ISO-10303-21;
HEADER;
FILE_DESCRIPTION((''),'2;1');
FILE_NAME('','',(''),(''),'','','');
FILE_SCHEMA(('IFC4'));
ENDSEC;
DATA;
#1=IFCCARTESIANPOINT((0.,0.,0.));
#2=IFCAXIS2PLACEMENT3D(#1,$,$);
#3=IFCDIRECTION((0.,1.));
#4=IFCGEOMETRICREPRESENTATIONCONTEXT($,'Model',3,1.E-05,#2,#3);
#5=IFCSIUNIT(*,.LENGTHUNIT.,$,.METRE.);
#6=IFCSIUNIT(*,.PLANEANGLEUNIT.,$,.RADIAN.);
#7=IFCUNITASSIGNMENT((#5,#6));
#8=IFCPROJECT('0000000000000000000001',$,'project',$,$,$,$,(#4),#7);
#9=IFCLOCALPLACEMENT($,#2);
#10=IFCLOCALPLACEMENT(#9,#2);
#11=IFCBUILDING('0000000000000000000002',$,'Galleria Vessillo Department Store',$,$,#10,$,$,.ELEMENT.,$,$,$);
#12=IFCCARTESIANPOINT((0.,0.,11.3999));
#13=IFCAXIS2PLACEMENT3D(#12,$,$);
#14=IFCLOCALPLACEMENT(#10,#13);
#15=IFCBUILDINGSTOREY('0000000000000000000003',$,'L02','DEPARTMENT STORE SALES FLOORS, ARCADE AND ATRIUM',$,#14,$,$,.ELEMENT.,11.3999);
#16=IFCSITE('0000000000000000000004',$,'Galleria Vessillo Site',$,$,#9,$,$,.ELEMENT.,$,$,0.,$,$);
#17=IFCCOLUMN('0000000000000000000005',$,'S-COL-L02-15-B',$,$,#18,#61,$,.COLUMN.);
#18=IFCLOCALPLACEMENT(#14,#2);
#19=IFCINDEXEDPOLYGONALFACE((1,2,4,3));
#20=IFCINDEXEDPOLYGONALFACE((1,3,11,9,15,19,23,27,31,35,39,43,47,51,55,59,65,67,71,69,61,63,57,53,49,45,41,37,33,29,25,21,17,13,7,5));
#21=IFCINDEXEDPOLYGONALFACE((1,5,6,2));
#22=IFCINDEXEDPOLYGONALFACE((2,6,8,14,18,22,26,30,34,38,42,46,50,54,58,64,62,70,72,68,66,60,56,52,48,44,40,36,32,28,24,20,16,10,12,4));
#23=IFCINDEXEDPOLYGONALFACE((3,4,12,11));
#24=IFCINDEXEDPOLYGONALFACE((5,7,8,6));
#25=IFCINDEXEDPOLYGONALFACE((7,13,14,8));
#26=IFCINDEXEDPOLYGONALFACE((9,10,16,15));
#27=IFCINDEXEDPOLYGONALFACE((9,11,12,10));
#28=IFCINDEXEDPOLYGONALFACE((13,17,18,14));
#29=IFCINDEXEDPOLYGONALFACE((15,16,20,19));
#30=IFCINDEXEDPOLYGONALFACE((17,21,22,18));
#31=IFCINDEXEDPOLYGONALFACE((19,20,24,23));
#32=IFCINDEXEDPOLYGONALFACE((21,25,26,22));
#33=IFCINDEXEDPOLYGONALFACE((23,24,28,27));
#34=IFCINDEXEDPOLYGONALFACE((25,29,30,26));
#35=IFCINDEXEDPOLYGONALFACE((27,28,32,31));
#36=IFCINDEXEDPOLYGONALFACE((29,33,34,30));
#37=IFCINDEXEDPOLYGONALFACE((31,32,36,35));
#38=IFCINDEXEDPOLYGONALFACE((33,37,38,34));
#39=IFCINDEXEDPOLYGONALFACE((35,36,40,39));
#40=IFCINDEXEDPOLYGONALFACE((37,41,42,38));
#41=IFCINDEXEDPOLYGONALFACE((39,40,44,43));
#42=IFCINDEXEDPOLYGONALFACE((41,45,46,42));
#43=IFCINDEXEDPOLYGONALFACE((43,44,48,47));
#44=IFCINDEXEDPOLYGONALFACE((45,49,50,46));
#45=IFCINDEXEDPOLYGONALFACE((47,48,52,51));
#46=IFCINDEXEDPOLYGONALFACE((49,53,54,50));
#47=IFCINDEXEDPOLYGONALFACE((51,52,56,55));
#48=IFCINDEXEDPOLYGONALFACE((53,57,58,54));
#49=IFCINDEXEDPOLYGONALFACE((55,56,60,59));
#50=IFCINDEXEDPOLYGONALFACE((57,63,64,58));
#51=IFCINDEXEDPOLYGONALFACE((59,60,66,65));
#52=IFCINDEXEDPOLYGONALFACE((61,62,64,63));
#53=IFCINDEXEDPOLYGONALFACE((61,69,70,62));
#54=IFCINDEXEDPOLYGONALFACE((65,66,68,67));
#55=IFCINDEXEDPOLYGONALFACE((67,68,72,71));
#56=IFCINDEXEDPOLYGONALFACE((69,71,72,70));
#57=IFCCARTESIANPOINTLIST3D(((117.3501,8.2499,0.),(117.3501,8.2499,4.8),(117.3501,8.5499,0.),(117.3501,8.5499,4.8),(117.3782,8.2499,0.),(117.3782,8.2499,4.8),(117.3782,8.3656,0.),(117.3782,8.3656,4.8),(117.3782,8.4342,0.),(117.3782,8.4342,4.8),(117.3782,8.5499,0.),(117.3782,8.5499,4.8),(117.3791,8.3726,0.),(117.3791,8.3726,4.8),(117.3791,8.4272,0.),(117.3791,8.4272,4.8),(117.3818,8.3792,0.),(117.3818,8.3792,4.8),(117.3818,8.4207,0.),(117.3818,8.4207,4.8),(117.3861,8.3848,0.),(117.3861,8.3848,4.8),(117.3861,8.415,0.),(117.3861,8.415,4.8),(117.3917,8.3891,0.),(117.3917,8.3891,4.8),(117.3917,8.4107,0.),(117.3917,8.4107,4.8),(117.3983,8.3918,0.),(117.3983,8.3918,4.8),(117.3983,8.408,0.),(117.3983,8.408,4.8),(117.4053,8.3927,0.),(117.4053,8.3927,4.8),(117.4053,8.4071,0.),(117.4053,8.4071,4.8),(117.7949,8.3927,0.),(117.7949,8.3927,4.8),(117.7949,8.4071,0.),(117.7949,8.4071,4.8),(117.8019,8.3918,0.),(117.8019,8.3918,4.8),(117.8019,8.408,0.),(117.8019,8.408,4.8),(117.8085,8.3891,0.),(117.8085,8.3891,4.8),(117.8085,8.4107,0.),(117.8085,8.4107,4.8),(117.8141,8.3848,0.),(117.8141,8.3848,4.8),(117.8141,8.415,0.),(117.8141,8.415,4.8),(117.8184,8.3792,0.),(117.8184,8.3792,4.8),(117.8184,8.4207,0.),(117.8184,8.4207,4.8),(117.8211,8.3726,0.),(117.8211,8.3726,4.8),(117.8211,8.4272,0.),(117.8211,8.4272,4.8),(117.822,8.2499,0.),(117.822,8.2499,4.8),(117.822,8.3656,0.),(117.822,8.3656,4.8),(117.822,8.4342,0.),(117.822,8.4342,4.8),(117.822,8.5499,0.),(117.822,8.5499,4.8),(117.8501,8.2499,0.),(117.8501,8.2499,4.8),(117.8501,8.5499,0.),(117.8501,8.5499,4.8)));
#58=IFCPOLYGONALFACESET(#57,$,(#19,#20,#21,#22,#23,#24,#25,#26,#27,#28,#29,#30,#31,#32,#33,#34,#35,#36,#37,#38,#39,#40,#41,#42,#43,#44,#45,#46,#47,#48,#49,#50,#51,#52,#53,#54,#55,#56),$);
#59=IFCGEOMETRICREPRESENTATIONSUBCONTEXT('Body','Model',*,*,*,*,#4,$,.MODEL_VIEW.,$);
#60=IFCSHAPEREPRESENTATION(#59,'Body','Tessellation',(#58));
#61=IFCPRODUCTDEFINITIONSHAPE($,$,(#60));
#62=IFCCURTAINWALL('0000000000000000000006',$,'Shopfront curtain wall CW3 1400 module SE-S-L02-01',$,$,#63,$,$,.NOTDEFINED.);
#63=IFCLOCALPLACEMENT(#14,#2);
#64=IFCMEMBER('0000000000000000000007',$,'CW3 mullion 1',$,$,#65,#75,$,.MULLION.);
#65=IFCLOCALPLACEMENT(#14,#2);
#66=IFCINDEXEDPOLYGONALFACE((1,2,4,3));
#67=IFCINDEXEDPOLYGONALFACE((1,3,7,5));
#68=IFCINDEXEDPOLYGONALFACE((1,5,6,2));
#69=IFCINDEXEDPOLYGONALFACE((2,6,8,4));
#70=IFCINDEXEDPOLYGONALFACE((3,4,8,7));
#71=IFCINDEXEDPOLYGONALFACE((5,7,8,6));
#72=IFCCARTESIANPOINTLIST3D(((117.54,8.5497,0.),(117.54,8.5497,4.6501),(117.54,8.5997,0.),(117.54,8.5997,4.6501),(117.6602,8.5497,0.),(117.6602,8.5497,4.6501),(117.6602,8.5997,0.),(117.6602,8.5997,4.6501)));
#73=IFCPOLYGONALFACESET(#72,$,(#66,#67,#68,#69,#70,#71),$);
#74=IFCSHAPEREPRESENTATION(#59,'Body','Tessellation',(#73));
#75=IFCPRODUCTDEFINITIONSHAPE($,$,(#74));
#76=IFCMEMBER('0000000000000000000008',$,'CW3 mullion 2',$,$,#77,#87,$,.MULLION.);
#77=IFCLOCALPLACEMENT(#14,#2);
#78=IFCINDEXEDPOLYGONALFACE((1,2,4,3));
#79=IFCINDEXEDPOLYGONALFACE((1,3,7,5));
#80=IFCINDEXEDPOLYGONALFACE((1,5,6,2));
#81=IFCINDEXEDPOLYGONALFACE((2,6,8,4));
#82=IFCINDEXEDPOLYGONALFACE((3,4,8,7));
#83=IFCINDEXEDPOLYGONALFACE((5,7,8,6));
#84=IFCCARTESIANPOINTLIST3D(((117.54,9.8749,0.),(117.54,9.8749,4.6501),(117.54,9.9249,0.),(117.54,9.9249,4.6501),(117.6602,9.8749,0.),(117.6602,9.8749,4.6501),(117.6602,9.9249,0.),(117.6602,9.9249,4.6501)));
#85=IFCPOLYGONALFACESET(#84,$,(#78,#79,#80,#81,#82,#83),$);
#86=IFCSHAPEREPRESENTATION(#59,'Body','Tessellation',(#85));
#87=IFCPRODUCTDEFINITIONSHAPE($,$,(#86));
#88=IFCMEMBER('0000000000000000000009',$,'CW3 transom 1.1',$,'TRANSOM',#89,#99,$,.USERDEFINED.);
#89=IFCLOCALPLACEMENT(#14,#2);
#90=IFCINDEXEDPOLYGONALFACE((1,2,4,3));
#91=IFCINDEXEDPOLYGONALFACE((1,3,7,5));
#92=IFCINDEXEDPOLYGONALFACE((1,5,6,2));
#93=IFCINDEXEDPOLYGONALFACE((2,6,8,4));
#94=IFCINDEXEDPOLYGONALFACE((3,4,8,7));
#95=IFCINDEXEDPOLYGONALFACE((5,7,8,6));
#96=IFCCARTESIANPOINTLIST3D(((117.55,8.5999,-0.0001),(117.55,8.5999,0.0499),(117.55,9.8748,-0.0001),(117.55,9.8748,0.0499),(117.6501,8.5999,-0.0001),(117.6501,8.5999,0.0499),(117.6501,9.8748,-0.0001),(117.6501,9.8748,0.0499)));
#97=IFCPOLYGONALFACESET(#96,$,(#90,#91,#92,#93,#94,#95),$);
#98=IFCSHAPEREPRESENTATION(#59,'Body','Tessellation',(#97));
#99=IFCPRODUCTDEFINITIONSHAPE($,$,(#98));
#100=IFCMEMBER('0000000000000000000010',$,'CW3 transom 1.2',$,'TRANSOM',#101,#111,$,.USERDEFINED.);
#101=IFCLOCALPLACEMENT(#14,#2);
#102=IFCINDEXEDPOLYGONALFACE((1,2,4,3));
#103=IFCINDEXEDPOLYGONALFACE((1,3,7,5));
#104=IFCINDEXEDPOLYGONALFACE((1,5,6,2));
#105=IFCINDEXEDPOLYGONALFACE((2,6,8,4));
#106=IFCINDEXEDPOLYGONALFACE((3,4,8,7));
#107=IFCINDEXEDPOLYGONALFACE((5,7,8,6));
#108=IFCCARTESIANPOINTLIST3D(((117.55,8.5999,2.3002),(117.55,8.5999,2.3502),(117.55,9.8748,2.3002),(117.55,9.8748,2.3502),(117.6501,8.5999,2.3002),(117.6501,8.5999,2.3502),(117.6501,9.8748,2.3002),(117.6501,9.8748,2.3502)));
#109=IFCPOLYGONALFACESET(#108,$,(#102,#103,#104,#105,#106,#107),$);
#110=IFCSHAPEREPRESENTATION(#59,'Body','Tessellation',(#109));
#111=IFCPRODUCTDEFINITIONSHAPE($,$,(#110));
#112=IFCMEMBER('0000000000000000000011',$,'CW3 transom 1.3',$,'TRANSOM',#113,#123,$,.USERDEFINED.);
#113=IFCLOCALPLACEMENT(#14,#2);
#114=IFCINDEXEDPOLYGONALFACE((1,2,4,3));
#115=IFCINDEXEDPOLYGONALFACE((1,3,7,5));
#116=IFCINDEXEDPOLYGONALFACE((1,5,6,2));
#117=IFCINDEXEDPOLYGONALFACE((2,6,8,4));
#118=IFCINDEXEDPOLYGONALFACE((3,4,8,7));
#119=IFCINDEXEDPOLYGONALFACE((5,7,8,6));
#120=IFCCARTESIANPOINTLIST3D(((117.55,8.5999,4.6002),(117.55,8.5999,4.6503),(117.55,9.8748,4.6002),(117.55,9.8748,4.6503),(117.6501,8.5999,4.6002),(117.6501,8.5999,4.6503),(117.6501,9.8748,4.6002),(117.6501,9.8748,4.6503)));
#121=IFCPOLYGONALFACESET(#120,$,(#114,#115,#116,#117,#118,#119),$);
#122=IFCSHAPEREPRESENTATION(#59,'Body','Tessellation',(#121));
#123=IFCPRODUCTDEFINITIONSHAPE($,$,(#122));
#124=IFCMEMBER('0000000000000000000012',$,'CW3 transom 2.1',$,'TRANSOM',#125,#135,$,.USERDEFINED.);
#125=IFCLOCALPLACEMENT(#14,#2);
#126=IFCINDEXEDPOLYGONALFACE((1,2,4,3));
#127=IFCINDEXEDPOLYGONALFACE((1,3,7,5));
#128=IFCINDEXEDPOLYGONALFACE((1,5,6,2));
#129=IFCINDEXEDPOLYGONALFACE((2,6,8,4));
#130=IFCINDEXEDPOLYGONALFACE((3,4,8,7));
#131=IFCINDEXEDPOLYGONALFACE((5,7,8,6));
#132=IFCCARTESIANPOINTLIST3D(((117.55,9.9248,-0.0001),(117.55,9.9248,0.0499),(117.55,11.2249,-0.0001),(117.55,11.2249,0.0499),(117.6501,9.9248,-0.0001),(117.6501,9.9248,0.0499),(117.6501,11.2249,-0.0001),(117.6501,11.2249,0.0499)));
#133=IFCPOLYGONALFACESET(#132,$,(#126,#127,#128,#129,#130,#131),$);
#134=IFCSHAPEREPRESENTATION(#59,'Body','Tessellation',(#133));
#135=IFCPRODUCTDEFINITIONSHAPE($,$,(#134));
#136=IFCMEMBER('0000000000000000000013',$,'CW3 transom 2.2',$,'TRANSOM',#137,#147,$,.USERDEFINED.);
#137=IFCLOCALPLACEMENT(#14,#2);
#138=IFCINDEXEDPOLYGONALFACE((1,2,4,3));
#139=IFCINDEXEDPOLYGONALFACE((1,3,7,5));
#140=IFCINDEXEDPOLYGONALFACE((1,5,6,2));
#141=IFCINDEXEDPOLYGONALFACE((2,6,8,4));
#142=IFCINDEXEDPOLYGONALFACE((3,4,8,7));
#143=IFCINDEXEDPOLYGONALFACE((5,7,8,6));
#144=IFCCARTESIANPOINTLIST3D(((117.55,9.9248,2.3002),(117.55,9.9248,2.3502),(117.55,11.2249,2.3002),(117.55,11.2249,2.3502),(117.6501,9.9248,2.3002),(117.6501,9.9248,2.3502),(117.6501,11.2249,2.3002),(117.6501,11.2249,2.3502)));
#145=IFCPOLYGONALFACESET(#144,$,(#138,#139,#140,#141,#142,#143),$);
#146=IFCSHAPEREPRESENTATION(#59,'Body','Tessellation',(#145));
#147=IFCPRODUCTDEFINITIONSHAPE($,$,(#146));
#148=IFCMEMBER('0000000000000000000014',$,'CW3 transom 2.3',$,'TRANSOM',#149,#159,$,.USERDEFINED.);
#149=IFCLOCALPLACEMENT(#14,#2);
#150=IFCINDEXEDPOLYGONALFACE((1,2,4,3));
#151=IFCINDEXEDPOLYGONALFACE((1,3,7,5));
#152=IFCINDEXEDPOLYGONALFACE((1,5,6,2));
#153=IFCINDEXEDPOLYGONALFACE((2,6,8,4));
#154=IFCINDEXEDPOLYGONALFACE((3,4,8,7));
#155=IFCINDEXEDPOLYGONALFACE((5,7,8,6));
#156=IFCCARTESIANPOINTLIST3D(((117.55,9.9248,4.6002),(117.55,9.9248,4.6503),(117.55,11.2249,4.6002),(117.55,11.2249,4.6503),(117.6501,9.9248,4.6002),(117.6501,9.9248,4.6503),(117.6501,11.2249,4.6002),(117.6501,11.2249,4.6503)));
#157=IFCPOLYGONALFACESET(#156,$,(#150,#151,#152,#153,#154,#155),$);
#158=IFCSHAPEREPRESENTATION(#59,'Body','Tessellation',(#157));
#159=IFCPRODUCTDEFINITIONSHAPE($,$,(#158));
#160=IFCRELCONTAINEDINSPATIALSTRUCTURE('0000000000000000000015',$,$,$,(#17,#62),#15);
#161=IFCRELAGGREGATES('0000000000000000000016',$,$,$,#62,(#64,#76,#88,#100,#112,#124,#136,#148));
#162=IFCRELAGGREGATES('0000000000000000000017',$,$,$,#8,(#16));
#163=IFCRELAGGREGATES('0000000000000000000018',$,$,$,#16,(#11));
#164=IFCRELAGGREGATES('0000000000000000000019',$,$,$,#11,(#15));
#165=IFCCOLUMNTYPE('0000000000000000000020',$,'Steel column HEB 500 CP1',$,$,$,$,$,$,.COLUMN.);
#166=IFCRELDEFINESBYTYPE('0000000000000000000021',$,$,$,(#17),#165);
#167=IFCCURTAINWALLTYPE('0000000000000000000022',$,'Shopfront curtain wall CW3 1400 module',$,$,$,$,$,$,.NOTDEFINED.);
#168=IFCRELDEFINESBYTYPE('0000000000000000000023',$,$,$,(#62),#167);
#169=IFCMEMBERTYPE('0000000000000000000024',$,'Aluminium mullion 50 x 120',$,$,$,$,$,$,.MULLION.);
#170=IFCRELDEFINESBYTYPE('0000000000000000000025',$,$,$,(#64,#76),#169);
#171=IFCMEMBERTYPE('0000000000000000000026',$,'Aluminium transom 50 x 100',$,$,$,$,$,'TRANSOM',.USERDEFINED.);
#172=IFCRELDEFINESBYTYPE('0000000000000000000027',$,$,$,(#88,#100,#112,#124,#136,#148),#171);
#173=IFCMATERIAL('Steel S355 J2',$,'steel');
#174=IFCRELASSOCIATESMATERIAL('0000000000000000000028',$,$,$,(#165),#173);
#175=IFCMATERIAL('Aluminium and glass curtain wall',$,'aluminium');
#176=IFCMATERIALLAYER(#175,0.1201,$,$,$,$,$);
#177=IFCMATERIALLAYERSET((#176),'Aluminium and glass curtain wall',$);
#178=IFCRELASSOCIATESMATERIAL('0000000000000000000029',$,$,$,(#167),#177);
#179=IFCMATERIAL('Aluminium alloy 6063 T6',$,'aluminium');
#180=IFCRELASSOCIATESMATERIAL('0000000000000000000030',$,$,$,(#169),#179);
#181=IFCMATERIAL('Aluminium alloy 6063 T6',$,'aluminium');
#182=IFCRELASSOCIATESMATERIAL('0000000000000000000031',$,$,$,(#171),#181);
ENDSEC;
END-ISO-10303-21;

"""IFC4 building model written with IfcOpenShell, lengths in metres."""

from ifc_helpers import new_model, si_unit, direction, frame, origin, origin_2d, place, context, subcontext, project, spatial, rectangle, i_section, extrude, material, layer, layer_set, material_profile, profile_set, type_object, element, aggregate, save


model = new_model("IFC4")

# Units and contexts
model_context = context("Model", 3, precision=1e-05, world=origin(), true_north=direction((0.0, 1.0)))
body_context = subcontext(model_context, "Body", "Model", "MODEL_VIEW")
ifc_project = project(units=[si_unit("LENGTHUNIT", "METRE"), si_unit("PLANEANGLEUNIT", "RADIAN")], contexts=[model_context])

# Site, building, storey
site_placement = place(None, origin())
site = spatial("IfcSite", under=ifc_project, at=site_placement, Name="Galleria Vessillo Site", CompositionType="ELEMENT", RefElevation=0.0)
building_placement = place(site_placement, origin())
building = spatial("IfcBuilding", under=site, at=building_placement, Name="Galleria Vessillo Department Store", CompositionType="ELEMENT")
storey_placement = place(building_placement, frame((0.0, 0.0, 11.3999)))
storey = spatial("IfcBuildingStorey", under=building, at=storey_placement, Name="L02", Description="DEPARTMENT STORE SALES FLOORS, ARCADE AND ATRIUM", CompositionType="ELEMENT", Elevation=11.3999)

# Column
ifc_material_1 = material(Name="Steel S355 J2", Category="steel")
ifc_material_profile_1 = material_profile(ifc_material_1, i_section(OverallWidth=0.3, OverallDepth=0.5, WebThickness=0.0144, FlangeThickness=0.0281, FilletRadius=0.0271, at=origin_2d()), Name="HEB 500")
ifc_profile_set_1 = profile_set([ifc_material_profile_1], Name="Steel S355 J2")
column_type = type_object("IfcColumnType", Name="Steel column HEB 500 CP1", PredefinedType="COLUMN", material=ifc_profile_set_1)
column_placement = place(storey_placement, frame((117.6001, 8.3999, 0.0), z_axis=(0.0, 0.0, 1.0), x_axis=(0.0, 1.0, 0.0)))
element("IfcColumn", 1, at=column_placement, inside=storey, type_object=column_type, Name="S-COL-L02-15-B", PredefinedType="COLUMN", context=body_context, shape_type="SweptSolid", body=[
    extrude(i_section(OverallWidth=0.3, OverallDepth=0.5, WebThickness=0.0144, FlangeThickness=0.0281, FilletRadius=0.0271, at=origin_2d()), origin(), (0.0, 0.0, 1.0), 4.8),
])

# Curtain wall, members
ifc_material_2 = material(Name="Aluminium and glass curtain wall", Category="aluminium")
ifc_layer_1 = layer(ifc_material_2, 0.1201)
ifc_layer_set_1 = layer_set([ifc_layer_1], Name="Aluminium and glass curtain wall")
curtain_wall_type = type_object("IfcCurtainWallType", Name="Shopfront curtain wall CW3 1400 module", PredefinedType="NOTDEFINED", material=ifc_layer_set_1)
curtain_wall_placement = place(storey_placement, origin())
curtain_wall = element("IfcCurtainWall", 2, at=curtain_wall_placement, inside=storey, type_object=curtain_wall_type, Name="Shopfront curtain wall CW3 1400 module SE-S-L02-01", PredefinedType="NOTDEFINED")
ifc_material_3 = material(Name="Aluminium alloy 6063 T6", Category="aluminium")
ifc_material_profile_2 = material_profile(ifc_material_3, rectangle(XDim=0.1201, YDim=0.05, at=origin_2d()), Name="AL 50x120")
ifc_profile_set_2 = profile_set([ifc_material_profile_2], Name="Aluminium alloy 6063 T6")
member_type_1 = type_object("IfcMemberType", Name="Aluminium mullion 50 x 120", PredefinedType="MULLION", material=ifc_profile_set_2)
member_1_placement = place(storey_placement, frame((117.6001, 8.5747, 0.0), z_axis=(0.0, 0.0, 1.0), x_axis=(-1.0, 0.0, 0.0)))
member_1 = element("IfcMember", 3, at=member_1_placement, type_object=member_type_1, Name="CW3 mullion 1", PredefinedType="MULLION", context=body_context, shape_type="SweptSolid", body=[
    extrude(rectangle(XDim=0.1201, YDim=0.05, at=origin_2d()), origin(), (0.0, 0.0, 1.0), 4.6501),
])
member_2_placement = place(storey_placement, frame((117.6001, 9.8999, 0.0), z_axis=(0.0, 0.0, 1.0), x_axis=(-1.0, 0.0, 0.0)))
member_2 = element("IfcMember", 4, at=member_2_placement, type_object=member_type_1, Name="CW3 mullion 2", PredefinedType="MULLION", context=body_context, shape_type="SweptSolid", body=[
    extrude(rectangle(XDim=0.1201, YDim=0.05, at=origin_2d()), origin(), (0.0, 0.0, 1.0), 4.6501),
])
ifc_material_4 = material(Name="Aluminium alloy 6063 T6", Category="aluminium")
ifc_material_profile_3 = material_profile(ifc_material_4, rectangle(XDim=0.1001, YDim=0.05, at=origin_2d()), Name="AL 50x100")
ifc_profile_set_3 = profile_set([ifc_material_profile_3], Name="Aluminium alloy 6063 T6")
member_type_2 = type_object("IfcMemberType", Name="Aluminium transom 50 x 100", ElementType="TRANSOM", PredefinedType="USERDEFINED", material=ifc_profile_set_3)
member_3_placement = place(storey_placement, frame((117.6001, 8.5999, 0.0249), z_axis=(0.0, 1.0, 0.0), x_axis=(-1.0, 0.0, 0.0)))
member_3 = element("IfcMember", 5, at=member_3_placement, type_object=member_type_2, Name="CW3 transom 1.1", ObjectType="TRANSOM", PredefinedType="USERDEFINED", context=body_context, shape_type="SweptSolid", body=[
    extrude(rectangle(XDim=0.1001, YDim=0.05, at=origin_2d()), origin(), (0.0, 0.0, 1.0), 1.2749),
])
member_4_placement = place(storey_placement, frame((117.6001, 8.5999, 2.3252), z_axis=(0.0, 1.0, 0.0), x_axis=(-1.0, 0.0, 0.0)))
member_4 = element("IfcMember", 6, at=member_4_placement, type_object=member_type_2, Name="CW3 transom 1.2", ObjectType="TRANSOM", PredefinedType="USERDEFINED", context=body_context, shape_type="SweptSolid", body=[
    extrude(rectangle(XDim=0.1001, YDim=0.05, at=origin_2d()), origin(), (0.0, 0.0, 1.0), 1.2749),
])
member_5_placement = place(storey_placement, frame((117.6001, 8.5999, 4.6252), z_axis=(0.0, 1.0, 0.0), x_axis=(-1.0, 0.0, 0.0)))
member_5 = element("IfcMember", 7, at=member_5_placement, type_object=member_type_2, Name="CW3 transom 1.3", ObjectType="TRANSOM", PredefinedType="USERDEFINED", context=body_context, shape_type="SweptSolid", body=[
    extrude(rectangle(XDim=0.1001, YDim=0.05, at=origin_2d()), origin(), (0.0, 0.0, 1.0), 1.2749),
])
member_6_placement = place(storey_placement, frame((117.6001, 9.9248, 0.0249), z_axis=(0.0, 1.0, 0.0), x_axis=(-1.0, 0.0, 0.0)))
member_6 = element("IfcMember", 8, at=member_6_placement, type_object=member_type_2, Name="CW3 transom 2.1", ObjectType="TRANSOM", PredefinedType="USERDEFINED", context=body_context, shape_type="SweptSolid", body=[
    extrude(rectangle(XDim=0.1001, YDim=0.05, at=origin_2d()), origin(), (0.0, 0.0, 1.0), 1.3),
])
member_7_placement = place(storey_placement, frame((117.6001, 9.9248, 2.3252), z_axis=(0.0, 1.0, 0.0), x_axis=(-1.0, 0.0, 0.0)))
member_7 = element("IfcMember", 9, at=member_7_placement, type_object=member_type_2, Name="CW3 transom 2.2", ObjectType="TRANSOM", PredefinedType="USERDEFINED", context=body_context, shape_type="SweptSolid", body=[
    extrude(rectangle(XDim=0.1001, YDim=0.05, at=origin_2d()), origin(), (0.0, 0.0, 1.0), 1.3),
])
member_8_placement = place(storey_placement, frame((117.6001, 9.9248, 4.6252), z_axis=(0.0, 1.0, 0.0), x_axis=(-1.0, 0.0, 0.0)))
member_8 = element("IfcMember", 10, at=member_8_placement, type_object=member_type_2, Name="CW3 transom 2.3", ObjectType="TRANSOM", PredefinedType="USERDEFINED", context=body_context, shape_type="SweptSolid", body=[
    extrude(rectangle(XDim=0.1001, YDim=0.05, at=origin_2d()), origin(), (0.0, 0.0, 1.0), 1.3),
])

aggregate(curtain_wall, [member_1, member_2, member_3, member_4, member_5, member_6, member_7, member_8])

save(model, "model.ifc")
